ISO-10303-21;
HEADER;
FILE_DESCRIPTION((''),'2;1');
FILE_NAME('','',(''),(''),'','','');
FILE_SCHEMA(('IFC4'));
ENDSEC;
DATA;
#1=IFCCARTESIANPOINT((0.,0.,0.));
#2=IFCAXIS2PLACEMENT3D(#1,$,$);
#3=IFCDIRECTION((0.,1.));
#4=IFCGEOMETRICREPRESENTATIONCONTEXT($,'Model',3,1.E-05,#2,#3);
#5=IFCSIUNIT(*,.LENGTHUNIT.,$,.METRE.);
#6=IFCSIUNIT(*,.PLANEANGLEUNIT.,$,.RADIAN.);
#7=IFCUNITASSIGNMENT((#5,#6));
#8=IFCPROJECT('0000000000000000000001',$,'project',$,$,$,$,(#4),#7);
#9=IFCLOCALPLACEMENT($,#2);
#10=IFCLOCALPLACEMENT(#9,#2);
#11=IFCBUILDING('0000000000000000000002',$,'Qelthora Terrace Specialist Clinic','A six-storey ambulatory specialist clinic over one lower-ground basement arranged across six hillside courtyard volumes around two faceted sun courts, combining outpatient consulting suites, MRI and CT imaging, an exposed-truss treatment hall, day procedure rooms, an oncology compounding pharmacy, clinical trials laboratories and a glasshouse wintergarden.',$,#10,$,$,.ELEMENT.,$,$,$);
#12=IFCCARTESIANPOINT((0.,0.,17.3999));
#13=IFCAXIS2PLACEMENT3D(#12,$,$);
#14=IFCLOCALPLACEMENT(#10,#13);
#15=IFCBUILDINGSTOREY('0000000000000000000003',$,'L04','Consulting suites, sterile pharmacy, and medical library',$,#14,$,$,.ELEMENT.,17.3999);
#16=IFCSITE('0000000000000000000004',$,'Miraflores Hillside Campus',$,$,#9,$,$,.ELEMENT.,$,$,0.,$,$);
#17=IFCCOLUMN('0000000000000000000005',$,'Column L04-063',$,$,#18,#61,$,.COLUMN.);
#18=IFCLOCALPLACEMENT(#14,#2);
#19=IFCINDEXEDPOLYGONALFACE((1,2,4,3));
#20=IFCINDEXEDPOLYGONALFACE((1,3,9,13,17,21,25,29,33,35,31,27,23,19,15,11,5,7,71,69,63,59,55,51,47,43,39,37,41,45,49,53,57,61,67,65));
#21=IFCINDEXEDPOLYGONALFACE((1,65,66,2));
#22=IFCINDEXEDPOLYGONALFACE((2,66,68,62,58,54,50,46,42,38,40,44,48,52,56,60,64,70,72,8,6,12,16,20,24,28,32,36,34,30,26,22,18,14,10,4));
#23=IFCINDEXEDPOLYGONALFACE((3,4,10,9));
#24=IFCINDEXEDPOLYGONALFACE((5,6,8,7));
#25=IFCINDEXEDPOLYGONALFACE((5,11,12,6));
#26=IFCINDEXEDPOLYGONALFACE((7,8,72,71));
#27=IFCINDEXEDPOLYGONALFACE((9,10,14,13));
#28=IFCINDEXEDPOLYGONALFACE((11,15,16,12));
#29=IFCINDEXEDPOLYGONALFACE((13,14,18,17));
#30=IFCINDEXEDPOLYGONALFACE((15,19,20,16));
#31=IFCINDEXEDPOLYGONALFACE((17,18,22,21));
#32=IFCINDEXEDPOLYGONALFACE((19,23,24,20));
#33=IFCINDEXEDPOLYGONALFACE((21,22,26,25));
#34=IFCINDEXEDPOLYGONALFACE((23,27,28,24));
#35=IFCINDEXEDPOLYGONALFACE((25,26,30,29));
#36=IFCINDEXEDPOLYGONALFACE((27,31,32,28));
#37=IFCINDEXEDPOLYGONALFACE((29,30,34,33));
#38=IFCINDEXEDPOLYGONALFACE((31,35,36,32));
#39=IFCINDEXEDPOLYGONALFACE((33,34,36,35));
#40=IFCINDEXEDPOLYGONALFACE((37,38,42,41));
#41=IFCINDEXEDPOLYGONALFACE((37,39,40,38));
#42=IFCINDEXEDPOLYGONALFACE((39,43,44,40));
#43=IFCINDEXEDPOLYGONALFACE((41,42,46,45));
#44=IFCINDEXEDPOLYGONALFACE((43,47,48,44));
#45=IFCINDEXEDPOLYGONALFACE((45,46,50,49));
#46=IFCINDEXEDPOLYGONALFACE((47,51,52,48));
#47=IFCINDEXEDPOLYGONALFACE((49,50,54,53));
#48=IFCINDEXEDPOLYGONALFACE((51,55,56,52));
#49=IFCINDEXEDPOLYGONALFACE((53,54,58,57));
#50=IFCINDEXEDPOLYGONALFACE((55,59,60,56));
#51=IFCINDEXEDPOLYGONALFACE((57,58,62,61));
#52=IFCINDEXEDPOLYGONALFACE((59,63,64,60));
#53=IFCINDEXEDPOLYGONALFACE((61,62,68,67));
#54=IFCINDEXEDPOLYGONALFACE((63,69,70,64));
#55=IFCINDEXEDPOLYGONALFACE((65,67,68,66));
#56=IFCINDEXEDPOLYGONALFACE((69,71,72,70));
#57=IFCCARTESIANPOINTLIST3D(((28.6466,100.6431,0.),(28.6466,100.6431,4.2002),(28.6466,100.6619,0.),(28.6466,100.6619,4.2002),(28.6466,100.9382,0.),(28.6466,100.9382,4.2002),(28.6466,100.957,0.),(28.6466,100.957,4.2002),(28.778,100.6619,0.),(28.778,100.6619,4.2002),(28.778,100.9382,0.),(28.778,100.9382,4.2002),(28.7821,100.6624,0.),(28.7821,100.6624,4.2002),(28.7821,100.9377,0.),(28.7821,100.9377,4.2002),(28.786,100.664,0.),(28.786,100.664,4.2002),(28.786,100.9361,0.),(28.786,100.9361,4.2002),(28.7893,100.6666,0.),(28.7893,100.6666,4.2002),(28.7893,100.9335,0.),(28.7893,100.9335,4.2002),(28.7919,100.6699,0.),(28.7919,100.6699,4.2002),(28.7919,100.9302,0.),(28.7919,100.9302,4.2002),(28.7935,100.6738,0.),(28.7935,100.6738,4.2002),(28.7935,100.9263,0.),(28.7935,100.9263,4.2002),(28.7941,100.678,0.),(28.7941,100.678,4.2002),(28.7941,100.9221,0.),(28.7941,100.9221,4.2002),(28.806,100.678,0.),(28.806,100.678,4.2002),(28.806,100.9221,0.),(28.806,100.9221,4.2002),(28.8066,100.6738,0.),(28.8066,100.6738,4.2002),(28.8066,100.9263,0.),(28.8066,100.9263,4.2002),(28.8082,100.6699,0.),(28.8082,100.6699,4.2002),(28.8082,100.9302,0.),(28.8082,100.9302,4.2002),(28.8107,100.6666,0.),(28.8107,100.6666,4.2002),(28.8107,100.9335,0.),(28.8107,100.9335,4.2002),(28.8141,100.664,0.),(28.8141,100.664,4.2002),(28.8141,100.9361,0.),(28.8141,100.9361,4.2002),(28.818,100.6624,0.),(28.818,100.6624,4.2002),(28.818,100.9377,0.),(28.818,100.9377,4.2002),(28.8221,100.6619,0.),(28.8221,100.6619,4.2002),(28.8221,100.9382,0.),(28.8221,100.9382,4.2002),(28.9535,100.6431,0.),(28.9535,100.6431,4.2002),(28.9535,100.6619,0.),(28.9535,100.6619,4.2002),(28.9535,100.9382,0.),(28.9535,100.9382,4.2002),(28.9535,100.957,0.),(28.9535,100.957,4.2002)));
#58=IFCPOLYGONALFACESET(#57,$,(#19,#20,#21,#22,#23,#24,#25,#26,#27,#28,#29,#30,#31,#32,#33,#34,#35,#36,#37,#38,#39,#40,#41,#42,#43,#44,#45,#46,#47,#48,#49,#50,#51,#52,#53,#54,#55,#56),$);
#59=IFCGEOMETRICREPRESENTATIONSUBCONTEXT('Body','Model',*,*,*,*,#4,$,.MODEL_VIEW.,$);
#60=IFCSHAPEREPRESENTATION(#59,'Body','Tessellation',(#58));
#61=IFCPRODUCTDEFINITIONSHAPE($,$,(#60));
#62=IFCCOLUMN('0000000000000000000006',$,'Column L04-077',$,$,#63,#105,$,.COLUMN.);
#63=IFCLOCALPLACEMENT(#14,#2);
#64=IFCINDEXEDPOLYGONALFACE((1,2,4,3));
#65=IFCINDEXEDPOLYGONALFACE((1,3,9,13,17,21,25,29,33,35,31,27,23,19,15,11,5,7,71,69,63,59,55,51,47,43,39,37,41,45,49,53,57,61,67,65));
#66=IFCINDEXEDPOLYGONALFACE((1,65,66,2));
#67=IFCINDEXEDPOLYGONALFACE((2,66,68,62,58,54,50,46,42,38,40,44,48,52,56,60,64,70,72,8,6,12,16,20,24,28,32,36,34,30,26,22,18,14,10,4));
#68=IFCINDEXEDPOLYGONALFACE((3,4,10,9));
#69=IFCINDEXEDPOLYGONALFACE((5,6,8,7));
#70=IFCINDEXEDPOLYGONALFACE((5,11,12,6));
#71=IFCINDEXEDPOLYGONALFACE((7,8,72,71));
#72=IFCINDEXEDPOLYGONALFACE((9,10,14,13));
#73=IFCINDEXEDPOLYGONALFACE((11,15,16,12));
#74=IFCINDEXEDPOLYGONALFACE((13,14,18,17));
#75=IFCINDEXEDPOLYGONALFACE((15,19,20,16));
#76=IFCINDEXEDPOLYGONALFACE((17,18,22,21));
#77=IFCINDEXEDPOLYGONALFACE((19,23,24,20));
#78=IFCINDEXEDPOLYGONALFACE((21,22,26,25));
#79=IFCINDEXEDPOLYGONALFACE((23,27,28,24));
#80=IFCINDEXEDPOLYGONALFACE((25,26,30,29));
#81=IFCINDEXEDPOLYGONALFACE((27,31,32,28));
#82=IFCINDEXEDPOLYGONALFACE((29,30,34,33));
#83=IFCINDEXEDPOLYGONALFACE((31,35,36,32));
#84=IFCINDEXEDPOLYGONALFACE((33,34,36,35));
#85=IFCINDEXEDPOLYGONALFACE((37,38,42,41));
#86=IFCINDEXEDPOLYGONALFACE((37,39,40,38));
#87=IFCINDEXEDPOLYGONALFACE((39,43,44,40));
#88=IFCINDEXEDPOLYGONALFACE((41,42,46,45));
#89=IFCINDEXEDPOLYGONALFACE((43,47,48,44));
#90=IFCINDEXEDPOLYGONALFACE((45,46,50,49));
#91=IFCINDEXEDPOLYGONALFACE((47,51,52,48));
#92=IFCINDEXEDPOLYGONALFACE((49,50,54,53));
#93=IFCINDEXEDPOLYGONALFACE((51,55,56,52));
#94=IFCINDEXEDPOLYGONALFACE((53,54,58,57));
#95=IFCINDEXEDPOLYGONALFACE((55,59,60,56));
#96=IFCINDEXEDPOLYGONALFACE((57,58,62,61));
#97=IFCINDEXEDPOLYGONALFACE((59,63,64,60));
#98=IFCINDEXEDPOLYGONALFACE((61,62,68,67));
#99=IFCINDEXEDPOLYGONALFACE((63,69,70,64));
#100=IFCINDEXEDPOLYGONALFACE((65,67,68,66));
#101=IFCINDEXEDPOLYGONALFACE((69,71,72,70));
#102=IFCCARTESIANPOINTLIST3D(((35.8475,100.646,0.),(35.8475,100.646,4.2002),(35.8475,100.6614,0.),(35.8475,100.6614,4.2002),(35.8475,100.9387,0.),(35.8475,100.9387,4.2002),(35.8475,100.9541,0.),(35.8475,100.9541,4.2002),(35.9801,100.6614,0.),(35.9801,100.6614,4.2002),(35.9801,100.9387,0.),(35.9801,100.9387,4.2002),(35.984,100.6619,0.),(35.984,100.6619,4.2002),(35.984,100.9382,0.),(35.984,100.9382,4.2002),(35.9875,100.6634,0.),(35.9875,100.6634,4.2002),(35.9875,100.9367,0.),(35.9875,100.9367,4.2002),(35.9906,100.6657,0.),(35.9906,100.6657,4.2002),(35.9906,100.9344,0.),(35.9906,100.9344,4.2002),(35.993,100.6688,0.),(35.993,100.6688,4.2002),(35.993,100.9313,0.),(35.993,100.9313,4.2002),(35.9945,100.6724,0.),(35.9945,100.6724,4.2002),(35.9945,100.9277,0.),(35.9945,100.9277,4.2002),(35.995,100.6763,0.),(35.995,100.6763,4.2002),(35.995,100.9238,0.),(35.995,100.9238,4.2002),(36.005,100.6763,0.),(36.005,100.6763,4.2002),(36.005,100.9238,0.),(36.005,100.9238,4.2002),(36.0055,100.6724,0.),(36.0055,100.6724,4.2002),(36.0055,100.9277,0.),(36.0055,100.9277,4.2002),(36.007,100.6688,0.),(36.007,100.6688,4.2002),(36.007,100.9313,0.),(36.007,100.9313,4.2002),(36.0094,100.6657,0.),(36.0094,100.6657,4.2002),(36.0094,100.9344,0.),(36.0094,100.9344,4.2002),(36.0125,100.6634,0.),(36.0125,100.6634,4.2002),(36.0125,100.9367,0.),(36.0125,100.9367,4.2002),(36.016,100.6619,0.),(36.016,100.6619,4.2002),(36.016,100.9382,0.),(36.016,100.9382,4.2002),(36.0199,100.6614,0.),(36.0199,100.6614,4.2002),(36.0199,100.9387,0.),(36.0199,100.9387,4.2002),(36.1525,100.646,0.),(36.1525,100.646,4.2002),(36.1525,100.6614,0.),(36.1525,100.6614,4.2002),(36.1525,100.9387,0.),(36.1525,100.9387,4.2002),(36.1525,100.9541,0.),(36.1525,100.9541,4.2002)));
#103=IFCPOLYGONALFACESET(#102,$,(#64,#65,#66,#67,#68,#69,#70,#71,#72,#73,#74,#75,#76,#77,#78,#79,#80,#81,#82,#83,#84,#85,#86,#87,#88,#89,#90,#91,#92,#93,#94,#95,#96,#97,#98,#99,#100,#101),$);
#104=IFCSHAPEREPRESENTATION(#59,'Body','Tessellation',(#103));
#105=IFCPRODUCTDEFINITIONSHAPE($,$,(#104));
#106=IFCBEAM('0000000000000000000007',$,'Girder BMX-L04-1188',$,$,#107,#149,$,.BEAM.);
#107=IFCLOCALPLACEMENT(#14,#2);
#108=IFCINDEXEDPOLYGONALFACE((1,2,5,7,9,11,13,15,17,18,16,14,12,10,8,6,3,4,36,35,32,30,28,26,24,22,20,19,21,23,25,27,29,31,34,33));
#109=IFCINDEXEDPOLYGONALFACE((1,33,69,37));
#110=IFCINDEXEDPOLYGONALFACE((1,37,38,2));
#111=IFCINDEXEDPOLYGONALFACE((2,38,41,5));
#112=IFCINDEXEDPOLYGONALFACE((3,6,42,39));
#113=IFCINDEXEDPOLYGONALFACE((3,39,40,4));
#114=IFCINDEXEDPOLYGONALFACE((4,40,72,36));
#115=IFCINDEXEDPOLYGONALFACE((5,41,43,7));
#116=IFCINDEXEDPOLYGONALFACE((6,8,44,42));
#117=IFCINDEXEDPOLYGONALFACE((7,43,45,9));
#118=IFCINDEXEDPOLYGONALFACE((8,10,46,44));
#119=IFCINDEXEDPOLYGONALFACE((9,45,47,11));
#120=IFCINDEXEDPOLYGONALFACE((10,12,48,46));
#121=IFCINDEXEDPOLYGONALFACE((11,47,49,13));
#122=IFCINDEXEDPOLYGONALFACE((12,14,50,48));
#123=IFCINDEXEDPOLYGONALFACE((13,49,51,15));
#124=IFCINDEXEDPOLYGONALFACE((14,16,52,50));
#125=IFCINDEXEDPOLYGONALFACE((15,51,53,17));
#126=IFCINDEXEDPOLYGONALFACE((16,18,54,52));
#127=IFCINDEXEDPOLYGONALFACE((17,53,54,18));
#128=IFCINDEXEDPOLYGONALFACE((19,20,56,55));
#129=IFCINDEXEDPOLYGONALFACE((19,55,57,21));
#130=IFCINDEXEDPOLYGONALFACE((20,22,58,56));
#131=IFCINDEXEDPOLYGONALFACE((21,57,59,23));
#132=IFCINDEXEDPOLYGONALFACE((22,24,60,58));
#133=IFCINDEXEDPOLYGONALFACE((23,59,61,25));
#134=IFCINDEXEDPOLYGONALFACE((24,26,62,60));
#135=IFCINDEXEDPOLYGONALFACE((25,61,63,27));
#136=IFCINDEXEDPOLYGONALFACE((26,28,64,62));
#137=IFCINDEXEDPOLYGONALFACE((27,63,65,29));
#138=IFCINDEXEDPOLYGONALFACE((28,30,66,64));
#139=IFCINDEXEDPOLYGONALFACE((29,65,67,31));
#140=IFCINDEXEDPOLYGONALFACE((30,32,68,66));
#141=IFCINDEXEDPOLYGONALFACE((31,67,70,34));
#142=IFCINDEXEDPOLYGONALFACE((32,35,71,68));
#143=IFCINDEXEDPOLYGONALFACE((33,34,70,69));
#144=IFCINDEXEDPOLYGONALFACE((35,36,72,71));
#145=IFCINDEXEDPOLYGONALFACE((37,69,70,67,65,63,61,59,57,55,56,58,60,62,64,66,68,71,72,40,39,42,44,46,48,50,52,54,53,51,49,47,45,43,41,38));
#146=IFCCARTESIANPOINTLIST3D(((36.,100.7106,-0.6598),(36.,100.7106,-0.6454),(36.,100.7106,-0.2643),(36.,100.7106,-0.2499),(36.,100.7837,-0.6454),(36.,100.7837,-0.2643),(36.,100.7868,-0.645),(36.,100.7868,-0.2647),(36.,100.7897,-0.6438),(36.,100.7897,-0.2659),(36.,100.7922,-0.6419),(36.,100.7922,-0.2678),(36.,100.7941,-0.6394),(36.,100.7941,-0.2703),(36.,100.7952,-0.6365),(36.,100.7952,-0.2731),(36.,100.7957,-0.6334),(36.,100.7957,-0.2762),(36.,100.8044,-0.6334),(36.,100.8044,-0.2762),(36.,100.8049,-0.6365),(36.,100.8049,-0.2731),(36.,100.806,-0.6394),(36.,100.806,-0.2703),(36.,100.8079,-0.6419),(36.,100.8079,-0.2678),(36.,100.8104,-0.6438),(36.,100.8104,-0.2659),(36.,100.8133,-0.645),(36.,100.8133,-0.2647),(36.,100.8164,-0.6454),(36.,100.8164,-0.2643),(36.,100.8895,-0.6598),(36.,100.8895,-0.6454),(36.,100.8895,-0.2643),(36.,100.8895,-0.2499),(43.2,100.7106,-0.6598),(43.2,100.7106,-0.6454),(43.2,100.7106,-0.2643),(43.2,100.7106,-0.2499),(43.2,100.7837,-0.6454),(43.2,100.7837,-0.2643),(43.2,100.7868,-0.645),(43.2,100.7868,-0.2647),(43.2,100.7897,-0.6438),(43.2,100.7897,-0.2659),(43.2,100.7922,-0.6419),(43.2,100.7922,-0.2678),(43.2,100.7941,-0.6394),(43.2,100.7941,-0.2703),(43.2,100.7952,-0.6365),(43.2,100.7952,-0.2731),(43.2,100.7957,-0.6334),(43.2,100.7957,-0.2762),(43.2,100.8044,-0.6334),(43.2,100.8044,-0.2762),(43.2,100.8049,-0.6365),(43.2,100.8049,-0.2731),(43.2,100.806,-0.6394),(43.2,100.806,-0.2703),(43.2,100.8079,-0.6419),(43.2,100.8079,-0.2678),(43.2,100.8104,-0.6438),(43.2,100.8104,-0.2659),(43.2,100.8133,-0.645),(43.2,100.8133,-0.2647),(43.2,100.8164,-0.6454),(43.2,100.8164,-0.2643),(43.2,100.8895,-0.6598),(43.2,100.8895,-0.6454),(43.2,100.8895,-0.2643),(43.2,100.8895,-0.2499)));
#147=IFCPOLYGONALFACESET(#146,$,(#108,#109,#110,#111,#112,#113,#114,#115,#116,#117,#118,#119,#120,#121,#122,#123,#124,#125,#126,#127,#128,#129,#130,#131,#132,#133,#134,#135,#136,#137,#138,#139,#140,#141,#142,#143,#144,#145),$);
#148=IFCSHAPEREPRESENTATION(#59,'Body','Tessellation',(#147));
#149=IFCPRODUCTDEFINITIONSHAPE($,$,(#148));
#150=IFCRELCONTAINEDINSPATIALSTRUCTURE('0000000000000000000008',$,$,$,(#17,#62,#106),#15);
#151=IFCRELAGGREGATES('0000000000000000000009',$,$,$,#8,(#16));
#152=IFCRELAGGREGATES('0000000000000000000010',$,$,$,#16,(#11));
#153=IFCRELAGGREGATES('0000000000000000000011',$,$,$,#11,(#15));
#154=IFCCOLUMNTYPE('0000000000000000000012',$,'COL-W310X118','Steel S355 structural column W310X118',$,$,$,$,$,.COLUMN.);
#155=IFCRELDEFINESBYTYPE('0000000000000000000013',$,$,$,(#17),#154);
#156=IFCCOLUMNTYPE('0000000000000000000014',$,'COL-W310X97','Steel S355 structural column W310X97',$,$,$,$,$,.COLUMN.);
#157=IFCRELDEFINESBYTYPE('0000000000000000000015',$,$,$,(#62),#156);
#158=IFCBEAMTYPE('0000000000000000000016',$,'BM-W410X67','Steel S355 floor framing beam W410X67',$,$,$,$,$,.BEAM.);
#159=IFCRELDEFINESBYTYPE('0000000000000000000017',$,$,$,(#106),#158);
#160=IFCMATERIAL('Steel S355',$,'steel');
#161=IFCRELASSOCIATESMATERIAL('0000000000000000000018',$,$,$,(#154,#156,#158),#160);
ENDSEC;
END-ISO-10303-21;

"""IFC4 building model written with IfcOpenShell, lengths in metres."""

from ifc_helpers import new_model, si_unit, direction, frame, origin, origin_2d, place, context, subcontext, project, spatial, i_section, extrude, material, material_profile, profile_set, type_object, element, save


model = new_model("IFC4")

# Units and contexts
model_context = context("Model", 3, precision=1e-05, world=origin(), true_north=direction((0.0, 1.0)))
body_context = subcontext(model_context, "Body", "Model", "MODEL_VIEW")
ifc_project = project(units=[si_unit("LENGTHUNIT", "METRE"), si_unit("PLANEANGLEUNIT", "RADIAN")], contexts=[model_context])

# Site, building, storey
site_placement = place(None, origin())
site = spatial("IfcSite", under=ifc_project, at=site_placement, Name="Miraflores Hillside Campus", CompositionType="ELEMENT", RefElevation=0.0)
building_placement = place(site_placement, origin())
building = spatial("IfcBuilding", under=site, at=building_placement, Name="Qelthora Terrace Specialist Clinic", Description="A six-storey ambulatory specialist clinic over one lower-ground basement arranged across six hillside courtyard volumes around two faceted sun courts, combining outpatient consulting suites, MRI and CT imaging, an exposed-truss treatment hall, day procedure rooms, an oncology compounding pharmacy, clinical trials laboratories and a glasshouse wintergarden.", CompositionType="ELEMENT")
storey_placement = place(building_placement, frame((0.0, 0.0, 17.3999)))
storey = spatial("IfcBuildingStorey", under=building, at=storey_placement, Name="L04", Description="Consulting suites, sterile pharmacy, and medical library", CompositionType="ELEMENT", Elevation=17.3999)

# Columns
ifc_material_1 = material(Name="Steel S355", Category="steel")
ifc_material_profile_1 = material_profile(ifc_material_1, i_section(OverallWidth=0.3069, OverallDepth=0.314, WebThickness=0.012, FlangeThickness=0.0188, FilletRadius=0.0161, at=origin_2d()), Name="W310X118")
ifc_profile_set_1 = profile_set([ifc_material_profile_1], Name="Steel S355")
column_type_1 = type_object("IfcColumnType", Name="COL-W310X118", Description="Steel S355 structural column W310X118", PredefinedType="COLUMN", material=ifc_profile_set_1)
column_1_placement = place(storey_placement, frame((28.8, 100.8, 0.0), z_axis=(0.0, 0.0, 1.0), x_axis=(1.0, 0.0, 0.0)))
element("IfcColumn", 1, at=column_1_placement, inside=storey, type_object=column_type_1, Name="Column L04-063", PredefinedType="COLUMN", context=body_context, shape_type="SweptSolid", body=[
    extrude(i_section(OverallWidth=0.3069, OverallDepth=0.314, WebThickness=0.012, FlangeThickness=0.0188, FilletRadius=0.0161, at=origin_2d()), origin(), (0.0, 0.0, 1.0), 4.2002),
])
ifc_material_profile_2 = material_profile(ifc_material_1, i_section(OverallWidth=0.3049, OverallDepth=0.3081, WebThickness=0.01, FlangeThickness=0.0154, FilletRadius=0.0149, at=origin_2d()), Name="W310X97")
ifc_profile_set_2 = profile_set([ifc_material_profile_2], Name="Steel S355")
column_type_2 = type_object("IfcColumnType", Name="COL-W310X97", Description="Steel S355 structural column W310X97", PredefinedType="COLUMN", material=ifc_profile_set_2)
column_2_placement = place(storey_placement, frame((36.0, 100.8, 0.0), z_axis=(0.0, 0.0, 1.0), x_axis=(1.0, 0.0, 0.0)))
element("IfcColumn", 2, at=column_2_placement, inside=storey, type_object=column_type_2, Name="Column L04-077", PredefinedType="COLUMN", context=body_context, shape_type="SweptSolid", body=[
    extrude(i_section(OverallWidth=0.3049, OverallDepth=0.3081, WebThickness=0.01, FlangeThickness=0.0154, FilletRadius=0.0149, at=origin_2d()), origin(), (0.0, 0.0, 1.0), 4.2002),
])

# Beam
ifc_material_profile_3 = material_profile(ifc_material_1, i_section(OverallWidth=0.179, OverallDepth=0.4099, WebThickness=0.0088, FlangeThickness=0.0144, FilletRadius=0.012, at=origin_2d()), Name="W410X67")
ifc_profile_set_3 = profile_set([ifc_material_profile_3], Name="Steel S355")
beam_type_1 = type_object("IfcBeamType", Name="BM-W410X67", Description="Steel S355 floor framing beam W410X67", PredefinedType="BEAM", material=ifc_profile_set_3)
beam_1_placement = place(storey_placement, frame((36.0, 100.8, -0.4548), z_axis=(1.0, 0.0, 0.0), x_axis=(0.0, 1.0, 0.0)))
element("IfcBeam", 3, at=beam_1_placement, inside=storey, type_object=beam_type_1, Name="Girder BMX-L04-1188", PredefinedType="BEAM", context=body_context, shape_type="SweptSolid", body=[
    extrude(i_section(OverallWidth=0.179, OverallDepth=0.4099, WebThickness=0.0088, FlangeThickness=0.0144, FilletRadius=0.012, at=origin_2d()), origin(), (0.0, 0.0, 1.0), 7.2),
])

save(model, "model.ifc")
